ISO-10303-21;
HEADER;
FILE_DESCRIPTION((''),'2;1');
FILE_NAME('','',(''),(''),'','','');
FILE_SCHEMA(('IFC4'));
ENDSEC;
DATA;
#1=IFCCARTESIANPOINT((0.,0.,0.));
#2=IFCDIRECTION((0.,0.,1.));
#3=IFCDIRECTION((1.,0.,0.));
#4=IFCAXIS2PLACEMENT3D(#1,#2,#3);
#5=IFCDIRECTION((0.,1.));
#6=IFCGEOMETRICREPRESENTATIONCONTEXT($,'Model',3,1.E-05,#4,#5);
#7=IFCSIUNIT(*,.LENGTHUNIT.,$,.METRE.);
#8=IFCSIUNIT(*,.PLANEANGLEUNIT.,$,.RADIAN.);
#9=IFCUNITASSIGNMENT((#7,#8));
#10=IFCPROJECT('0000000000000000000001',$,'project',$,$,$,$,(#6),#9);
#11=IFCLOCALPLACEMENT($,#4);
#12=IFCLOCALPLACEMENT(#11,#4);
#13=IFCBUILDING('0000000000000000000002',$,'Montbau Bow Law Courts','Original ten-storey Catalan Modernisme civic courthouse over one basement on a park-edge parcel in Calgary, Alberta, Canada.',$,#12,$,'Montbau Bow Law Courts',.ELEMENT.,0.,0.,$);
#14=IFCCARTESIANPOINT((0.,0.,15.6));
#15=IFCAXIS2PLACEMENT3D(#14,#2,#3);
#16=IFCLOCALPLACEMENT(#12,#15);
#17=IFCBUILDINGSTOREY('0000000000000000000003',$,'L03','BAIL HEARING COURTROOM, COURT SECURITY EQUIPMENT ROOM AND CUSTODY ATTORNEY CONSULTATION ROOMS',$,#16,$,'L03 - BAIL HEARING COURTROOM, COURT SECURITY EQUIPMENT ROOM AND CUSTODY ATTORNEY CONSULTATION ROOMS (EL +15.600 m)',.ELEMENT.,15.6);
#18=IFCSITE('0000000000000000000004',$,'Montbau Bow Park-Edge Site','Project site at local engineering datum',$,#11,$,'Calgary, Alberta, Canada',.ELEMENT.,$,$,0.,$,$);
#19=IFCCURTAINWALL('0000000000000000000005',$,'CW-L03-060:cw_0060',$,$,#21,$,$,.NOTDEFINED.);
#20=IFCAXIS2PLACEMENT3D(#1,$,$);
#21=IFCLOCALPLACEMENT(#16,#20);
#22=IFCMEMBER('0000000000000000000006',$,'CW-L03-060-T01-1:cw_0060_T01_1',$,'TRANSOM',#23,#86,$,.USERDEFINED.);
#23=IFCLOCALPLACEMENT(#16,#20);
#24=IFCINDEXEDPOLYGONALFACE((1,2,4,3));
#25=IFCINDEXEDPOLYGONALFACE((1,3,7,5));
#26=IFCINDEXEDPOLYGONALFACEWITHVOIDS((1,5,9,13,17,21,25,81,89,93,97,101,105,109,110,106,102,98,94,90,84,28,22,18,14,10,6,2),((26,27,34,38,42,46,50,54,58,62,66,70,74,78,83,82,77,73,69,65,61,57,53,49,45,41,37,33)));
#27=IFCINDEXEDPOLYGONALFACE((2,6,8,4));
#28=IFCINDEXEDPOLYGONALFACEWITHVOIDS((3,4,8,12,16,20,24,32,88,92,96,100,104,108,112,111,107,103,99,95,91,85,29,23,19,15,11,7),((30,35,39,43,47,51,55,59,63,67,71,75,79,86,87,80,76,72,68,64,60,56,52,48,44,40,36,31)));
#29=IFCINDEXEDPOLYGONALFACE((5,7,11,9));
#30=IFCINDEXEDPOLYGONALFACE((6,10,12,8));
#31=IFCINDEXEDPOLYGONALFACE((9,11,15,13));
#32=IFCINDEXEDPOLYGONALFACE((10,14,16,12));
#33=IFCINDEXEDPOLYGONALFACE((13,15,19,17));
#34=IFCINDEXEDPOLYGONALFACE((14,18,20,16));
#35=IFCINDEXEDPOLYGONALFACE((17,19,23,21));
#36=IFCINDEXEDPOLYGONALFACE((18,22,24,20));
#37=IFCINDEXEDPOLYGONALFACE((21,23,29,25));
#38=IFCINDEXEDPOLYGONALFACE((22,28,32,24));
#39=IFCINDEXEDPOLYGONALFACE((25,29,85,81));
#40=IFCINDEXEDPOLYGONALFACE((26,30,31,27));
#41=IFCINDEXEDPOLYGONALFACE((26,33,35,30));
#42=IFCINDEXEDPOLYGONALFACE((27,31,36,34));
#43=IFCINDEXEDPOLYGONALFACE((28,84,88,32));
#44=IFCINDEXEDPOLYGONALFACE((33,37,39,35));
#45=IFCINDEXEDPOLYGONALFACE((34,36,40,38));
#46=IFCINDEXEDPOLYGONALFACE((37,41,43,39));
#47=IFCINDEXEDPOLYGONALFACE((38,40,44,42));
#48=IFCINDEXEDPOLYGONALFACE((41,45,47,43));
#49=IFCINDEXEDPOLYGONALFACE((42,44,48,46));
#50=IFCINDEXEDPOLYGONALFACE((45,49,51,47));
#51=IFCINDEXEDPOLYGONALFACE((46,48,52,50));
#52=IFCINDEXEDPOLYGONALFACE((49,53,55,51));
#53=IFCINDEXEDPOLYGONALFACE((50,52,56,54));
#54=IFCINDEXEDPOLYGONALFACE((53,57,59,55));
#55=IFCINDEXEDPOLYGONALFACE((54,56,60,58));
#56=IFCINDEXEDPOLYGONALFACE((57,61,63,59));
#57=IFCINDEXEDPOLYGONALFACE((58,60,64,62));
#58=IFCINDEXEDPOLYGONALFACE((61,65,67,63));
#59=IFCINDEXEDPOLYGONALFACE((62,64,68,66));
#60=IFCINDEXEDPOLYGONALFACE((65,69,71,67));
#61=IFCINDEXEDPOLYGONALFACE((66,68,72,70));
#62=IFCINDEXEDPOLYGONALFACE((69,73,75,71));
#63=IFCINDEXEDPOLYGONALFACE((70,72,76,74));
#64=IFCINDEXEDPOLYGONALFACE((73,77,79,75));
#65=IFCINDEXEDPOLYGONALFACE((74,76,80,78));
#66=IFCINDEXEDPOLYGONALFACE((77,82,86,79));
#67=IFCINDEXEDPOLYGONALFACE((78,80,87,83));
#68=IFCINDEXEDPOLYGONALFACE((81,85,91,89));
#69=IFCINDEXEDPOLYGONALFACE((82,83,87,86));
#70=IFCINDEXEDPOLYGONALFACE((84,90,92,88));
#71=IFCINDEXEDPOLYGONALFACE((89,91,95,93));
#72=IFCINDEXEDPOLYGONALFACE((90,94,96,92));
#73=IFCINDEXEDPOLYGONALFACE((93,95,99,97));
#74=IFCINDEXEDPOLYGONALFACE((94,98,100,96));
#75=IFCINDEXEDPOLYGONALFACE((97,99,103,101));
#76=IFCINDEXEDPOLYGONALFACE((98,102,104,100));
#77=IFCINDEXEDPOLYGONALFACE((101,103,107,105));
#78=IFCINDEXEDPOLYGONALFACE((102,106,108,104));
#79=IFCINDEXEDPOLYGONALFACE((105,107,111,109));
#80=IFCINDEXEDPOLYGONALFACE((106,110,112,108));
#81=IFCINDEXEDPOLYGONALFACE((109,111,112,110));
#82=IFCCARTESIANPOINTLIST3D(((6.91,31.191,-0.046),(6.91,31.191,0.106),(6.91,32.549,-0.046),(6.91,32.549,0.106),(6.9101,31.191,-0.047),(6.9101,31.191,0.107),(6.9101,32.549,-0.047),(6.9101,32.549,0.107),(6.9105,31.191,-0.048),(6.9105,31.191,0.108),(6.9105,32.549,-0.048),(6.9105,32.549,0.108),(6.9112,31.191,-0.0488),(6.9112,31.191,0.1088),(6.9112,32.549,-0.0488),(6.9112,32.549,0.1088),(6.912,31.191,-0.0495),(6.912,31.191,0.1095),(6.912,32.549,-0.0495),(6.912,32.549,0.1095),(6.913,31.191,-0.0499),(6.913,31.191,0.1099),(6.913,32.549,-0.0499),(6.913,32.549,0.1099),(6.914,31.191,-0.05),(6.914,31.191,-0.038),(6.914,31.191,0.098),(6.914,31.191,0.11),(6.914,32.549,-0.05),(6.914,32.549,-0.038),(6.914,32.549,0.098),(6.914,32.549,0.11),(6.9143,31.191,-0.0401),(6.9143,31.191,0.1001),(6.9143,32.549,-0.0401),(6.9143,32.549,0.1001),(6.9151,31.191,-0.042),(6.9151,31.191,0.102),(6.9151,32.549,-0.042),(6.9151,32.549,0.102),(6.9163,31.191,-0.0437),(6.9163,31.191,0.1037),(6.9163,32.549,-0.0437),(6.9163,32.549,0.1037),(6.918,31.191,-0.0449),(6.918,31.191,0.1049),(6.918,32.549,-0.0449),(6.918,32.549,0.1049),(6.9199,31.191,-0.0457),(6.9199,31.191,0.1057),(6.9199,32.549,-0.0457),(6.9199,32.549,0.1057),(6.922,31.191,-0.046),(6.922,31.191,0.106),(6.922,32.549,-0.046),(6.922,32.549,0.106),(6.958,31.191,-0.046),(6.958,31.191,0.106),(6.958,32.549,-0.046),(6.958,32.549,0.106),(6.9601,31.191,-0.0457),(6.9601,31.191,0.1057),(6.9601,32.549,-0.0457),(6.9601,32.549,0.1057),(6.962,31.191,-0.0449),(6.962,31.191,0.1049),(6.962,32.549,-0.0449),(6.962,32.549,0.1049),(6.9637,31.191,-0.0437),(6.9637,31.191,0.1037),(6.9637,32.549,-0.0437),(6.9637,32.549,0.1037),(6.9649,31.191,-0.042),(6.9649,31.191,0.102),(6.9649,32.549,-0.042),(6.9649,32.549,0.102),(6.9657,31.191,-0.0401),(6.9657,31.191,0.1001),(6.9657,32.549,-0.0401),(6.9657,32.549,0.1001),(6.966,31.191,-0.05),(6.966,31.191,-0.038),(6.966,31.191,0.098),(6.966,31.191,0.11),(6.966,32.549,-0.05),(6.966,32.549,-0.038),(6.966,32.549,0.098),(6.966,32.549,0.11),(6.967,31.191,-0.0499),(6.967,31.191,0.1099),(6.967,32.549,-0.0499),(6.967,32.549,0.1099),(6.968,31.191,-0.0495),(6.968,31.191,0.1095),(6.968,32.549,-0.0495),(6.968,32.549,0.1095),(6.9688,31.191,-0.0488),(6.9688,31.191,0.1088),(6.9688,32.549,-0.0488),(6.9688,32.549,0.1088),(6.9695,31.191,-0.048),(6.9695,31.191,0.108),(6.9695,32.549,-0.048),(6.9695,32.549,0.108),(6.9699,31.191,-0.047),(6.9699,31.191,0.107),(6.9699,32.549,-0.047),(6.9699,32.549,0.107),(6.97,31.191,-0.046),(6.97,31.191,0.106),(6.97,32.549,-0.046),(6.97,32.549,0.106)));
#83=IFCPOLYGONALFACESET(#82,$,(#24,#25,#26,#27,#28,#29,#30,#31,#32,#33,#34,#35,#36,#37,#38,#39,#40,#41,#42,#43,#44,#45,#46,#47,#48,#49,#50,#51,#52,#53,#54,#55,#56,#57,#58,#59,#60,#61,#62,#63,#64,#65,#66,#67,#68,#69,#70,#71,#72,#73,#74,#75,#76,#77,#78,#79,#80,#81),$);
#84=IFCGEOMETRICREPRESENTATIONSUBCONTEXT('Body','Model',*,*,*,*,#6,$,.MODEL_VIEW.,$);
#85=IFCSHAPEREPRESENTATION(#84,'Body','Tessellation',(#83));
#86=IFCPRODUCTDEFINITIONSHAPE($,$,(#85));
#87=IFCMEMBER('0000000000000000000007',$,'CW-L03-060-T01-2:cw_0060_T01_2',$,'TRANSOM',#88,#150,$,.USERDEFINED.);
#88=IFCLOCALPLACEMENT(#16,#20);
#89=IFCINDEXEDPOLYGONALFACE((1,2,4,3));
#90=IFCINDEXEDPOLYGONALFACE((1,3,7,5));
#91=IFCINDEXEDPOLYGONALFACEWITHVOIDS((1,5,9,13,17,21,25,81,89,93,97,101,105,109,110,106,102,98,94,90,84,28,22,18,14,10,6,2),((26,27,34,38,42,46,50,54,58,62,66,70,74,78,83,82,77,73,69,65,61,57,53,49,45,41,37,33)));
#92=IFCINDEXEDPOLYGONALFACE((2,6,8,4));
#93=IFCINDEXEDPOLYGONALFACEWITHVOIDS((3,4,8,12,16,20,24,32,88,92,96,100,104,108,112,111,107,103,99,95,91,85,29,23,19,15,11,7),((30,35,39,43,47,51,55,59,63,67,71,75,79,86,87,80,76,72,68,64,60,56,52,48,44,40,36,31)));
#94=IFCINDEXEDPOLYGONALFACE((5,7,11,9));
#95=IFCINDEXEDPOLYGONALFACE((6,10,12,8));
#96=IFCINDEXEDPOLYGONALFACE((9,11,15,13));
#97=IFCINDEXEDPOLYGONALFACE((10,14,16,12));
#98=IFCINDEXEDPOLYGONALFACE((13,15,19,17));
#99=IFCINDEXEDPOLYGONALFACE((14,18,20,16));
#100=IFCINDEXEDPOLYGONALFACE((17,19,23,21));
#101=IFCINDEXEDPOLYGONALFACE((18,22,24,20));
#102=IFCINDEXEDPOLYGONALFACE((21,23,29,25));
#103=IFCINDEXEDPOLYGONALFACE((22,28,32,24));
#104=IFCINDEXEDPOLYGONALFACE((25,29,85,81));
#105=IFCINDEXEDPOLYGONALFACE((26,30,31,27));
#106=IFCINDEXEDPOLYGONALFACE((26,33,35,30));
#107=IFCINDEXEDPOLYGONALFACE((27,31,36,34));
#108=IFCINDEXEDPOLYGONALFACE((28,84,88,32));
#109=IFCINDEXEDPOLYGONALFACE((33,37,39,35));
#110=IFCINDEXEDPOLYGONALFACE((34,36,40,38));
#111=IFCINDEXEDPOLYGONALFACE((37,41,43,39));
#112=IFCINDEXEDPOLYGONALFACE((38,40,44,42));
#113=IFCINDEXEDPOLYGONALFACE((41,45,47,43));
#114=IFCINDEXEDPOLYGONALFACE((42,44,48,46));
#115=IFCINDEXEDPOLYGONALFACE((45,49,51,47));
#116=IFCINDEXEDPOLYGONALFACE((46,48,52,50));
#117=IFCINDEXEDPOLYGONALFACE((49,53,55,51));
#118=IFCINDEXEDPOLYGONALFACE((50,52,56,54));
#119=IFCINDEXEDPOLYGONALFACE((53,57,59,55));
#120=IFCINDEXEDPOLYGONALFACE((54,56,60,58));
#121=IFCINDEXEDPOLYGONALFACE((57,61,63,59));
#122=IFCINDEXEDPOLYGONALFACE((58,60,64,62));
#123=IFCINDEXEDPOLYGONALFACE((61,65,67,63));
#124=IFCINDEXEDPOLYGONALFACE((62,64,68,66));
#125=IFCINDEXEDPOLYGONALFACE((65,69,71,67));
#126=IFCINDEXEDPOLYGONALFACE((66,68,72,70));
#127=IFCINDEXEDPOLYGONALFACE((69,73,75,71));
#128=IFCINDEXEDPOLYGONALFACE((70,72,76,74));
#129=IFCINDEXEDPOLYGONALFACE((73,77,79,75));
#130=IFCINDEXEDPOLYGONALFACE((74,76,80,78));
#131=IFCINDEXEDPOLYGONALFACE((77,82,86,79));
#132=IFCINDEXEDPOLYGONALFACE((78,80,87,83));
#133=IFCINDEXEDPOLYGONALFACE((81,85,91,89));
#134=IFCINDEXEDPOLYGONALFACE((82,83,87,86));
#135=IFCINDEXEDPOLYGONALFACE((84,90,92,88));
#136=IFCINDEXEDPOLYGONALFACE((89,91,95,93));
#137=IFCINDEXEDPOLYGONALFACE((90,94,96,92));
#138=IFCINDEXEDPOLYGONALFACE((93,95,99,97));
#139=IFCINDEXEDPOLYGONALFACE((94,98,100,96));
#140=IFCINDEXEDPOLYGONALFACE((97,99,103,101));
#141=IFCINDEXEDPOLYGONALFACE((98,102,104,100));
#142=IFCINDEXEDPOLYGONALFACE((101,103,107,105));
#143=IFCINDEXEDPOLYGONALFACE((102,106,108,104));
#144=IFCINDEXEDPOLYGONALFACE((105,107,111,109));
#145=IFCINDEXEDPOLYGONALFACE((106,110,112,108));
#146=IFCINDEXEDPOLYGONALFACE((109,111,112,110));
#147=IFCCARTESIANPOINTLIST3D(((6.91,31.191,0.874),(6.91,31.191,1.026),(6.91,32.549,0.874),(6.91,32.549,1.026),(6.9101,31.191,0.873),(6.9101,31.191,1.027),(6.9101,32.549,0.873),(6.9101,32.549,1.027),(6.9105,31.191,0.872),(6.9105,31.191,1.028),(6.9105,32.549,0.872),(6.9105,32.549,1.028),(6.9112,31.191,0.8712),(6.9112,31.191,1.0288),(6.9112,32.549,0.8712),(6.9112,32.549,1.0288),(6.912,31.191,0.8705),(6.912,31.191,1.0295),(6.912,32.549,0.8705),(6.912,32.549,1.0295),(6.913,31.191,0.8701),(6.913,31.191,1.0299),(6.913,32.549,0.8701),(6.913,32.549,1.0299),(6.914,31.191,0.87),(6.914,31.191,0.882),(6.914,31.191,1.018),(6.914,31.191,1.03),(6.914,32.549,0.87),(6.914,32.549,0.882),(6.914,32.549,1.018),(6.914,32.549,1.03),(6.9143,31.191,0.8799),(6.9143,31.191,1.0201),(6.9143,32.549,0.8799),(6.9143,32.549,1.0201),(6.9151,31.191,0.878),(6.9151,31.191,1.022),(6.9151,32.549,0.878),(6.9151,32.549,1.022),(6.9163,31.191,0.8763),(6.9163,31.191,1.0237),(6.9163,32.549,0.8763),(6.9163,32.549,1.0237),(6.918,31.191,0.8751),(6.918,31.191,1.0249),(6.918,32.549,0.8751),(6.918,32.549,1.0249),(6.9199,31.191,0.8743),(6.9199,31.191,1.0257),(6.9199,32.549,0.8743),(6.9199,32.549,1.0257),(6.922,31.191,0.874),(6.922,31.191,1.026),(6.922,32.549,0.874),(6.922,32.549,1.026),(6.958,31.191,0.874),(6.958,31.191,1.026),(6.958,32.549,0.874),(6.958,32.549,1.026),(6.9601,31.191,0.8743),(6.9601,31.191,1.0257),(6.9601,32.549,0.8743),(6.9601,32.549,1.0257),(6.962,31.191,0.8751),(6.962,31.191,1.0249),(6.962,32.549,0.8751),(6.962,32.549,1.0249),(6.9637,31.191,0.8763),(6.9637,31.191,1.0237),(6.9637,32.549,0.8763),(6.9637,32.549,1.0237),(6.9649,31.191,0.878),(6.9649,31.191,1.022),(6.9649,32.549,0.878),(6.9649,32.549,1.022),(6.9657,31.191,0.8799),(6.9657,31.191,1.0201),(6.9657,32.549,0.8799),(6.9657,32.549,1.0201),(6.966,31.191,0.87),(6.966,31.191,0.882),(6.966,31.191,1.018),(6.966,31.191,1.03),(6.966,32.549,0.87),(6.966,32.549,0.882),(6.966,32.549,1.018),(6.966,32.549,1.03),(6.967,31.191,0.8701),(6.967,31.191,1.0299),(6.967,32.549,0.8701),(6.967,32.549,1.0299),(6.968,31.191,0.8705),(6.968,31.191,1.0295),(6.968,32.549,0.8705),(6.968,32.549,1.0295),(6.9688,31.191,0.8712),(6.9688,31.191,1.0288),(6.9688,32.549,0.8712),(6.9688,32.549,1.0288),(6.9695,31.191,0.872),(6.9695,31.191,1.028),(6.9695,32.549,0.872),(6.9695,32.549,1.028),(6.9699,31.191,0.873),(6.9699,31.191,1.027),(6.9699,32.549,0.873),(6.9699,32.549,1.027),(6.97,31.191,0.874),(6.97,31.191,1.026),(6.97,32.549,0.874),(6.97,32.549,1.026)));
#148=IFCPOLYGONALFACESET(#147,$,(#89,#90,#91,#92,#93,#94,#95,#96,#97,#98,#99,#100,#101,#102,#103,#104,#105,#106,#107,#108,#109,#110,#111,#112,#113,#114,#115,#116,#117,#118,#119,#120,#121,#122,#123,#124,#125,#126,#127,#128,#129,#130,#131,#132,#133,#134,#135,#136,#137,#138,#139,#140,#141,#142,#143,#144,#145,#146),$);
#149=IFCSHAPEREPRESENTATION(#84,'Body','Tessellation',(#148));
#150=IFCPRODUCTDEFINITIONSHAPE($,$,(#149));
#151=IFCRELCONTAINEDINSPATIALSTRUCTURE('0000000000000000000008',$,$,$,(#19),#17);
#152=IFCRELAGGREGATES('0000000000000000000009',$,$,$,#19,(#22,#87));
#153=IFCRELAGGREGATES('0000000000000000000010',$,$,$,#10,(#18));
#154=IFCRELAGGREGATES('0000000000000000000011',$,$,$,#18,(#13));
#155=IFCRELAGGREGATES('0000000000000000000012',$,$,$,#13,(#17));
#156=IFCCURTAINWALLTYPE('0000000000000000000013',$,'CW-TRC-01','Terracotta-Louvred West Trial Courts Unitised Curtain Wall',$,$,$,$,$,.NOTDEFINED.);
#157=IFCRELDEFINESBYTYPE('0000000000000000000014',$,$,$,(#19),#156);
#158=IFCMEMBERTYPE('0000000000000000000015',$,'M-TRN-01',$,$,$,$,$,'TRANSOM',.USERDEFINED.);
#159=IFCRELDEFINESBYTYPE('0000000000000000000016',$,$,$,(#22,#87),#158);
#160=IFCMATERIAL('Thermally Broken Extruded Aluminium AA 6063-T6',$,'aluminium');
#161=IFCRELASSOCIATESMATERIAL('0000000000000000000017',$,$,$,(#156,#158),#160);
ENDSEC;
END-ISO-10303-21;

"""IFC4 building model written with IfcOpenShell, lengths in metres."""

from ifc_helpers import new_model, si_unit, direction, frame, origin_with_axes, origin_2d_with_axis, place, context, subcontext, project, spatial, hollow_rectangle, extrude, material, material_profile, profile_set, type_object, element, aggregate, save


model = new_model("IFC4")

# Units and contexts
model_context = context("Model", 3, precision=1e-05, world=origin_with_axes(), true_north=direction((0.0, 1.0)))
body_context = subcontext(model_context, "Body", "Model", "MODEL_VIEW")
ifc_project = project(units=[si_unit("LENGTHUNIT", "METRE"), si_unit("PLANEANGLEUNIT", "RADIAN")], contexts=[model_context])

# Site, building, storey
site_placement = place(None, origin_with_axes())
site = spatial("IfcSite", under=ifc_project, at=site_placement, Name="Montbau Bow Park-Edge Site", Description="Project site at local engineering datum", LongName="Calgary, Alberta, Canada", CompositionType="ELEMENT", RefElevation=0.0)
building_placement = place(site_placement, origin_with_axes())
building = spatial("IfcBuilding", under=site, at=building_placement, Name="Montbau Bow Law Courts", Description="Original ten-storey Catalan Modernisme civic courthouse over one basement on a park-edge parcel in Calgary, Alberta, Canada.", LongName="Montbau Bow Law Courts", CompositionType="ELEMENT", ElevationOfRefHeight=0.0, ElevationOfTerrain=0.0)
storey_placement = place(building_placement, frame((0.0, 0.0, 15.6), z_axis=(0.0, 0.0, 1.0), x_axis=(1.0, 0.0, 0.0)))
storey = spatial("IfcBuildingStorey", under=building, at=storey_placement, Name="L03", Description="BAIL HEARING COURTROOM, COURT SECURITY EQUIPMENT ROOM AND CUSTODY ATTORNEY CONSULTATION ROOMS", LongName="L03 - BAIL HEARING COURTROOM, COURT SECURITY EQUIPMENT ROOM AND CUSTODY ATTORNEY CONSULTATION ROOMS (EL +15.600 m)", CompositionType="ELEMENT", Elevation=15.6)

# Curtain wall
ifc_material_1 = material(Name="Thermally Broken Extruded Aluminium AA 6063-T6", Category="aluminium")
curtain_wall_type = type_object("IfcCurtainWallType", Name="CW-TRC-01", Description="Terracotta-Louvred West Trial Courts Unitised Curtain Wall", PredefinedType="NOTDEFINED", material=ifc_material_1)
curtain_wall_1_placement = place(None, frame((6.94, 31.115, 15.6), z_axis=(0.0, 0.0, 1.0), x_axis=(1.0, 0.0, 0.0)))
curtain_wall_1 = element("IfcCurtainWall", 1, at=curtain_wall_1_placement, inside=storey, type_object=curtain_wall_type, Name="CW-L03-060:cw_0060", PredefinedType="NOTDEFINED")

# Members
ifc_material_profile_1 = material_profile(ifc_material_1, hollow_rectangle(XDim=0.06, YDim=0.16, WallThickness=0.004, InnerFilletRadius=0.008, OuterFilletRadius=0.004, at=origin_2d_with_axis()), Name="CWT-160X60", Category="Main", Priority=0)
ifc_profile_set_1 = profile_set([ifc_material_profile_1], Name="Thermally Broken Extruded Aluminium AA 6063-T6")
member_type_1 = type_object("IfcMemberType", Name="M-TRN-01", ElementType="TRANSOM", PredefinedType="USERDEFINED", material=ifc_profile_set_1)
member_1_placement = place(None, frame((6.94, 31.191, 15.63), z_axis=(0.0, 1.0, 0.0), x_axis=(-1.0, 0.0, 0.0)))
member_1 = element("IfcMember", 2, at=member_1_placement, type_object=member_type_1, Name="CW-L03-060-T01-1:cw_0060_T01_1", ObjectType="TRANSOM", PredefinedType="USERDEFINED", context=body_context, shape_type="SweptSolid", body=[
    extrude(hollow_rectangle(XDim=0.06, YDim=0.16, WallThickness=0.004, InnerFilletRadius=0.008, OuterFilletRadius=0.004, at=origin_2d_with_axis()), origin_with_axes(), (0.0, 0.0, 1.0), 1.358),
])
member_2_placement = place(None, frame((6.94, 31.191, 16.55), z_axis=(0.0, 1.0, 0.0), x_axis=(-1.0, 0.0, 0.0)))
member_2 = element("IfcMember", 3, at=member_2_placement, type_object=member_type_1, Name="CW-L03-060-T01-2:cw_0060_T01_2", ObjectType="TRANSOM", PredefinedType="USERDEFINED", context=body_context, shape_type="SweptSolid", body=[
    extrude(hollow_rectangle(XDim=0.06, YDim=0.16, WallThickness=0.004, InnerFilletRadius=0.008, OuterFilletRadius=0.004, at=origin_2d_with_axis()), origin_with_axes(), (0.0, 0.0, 1.0), 1.358),
])

aggregate(curtain_wall_1, [member_1, member_2])

save(model, "model.ifc")
